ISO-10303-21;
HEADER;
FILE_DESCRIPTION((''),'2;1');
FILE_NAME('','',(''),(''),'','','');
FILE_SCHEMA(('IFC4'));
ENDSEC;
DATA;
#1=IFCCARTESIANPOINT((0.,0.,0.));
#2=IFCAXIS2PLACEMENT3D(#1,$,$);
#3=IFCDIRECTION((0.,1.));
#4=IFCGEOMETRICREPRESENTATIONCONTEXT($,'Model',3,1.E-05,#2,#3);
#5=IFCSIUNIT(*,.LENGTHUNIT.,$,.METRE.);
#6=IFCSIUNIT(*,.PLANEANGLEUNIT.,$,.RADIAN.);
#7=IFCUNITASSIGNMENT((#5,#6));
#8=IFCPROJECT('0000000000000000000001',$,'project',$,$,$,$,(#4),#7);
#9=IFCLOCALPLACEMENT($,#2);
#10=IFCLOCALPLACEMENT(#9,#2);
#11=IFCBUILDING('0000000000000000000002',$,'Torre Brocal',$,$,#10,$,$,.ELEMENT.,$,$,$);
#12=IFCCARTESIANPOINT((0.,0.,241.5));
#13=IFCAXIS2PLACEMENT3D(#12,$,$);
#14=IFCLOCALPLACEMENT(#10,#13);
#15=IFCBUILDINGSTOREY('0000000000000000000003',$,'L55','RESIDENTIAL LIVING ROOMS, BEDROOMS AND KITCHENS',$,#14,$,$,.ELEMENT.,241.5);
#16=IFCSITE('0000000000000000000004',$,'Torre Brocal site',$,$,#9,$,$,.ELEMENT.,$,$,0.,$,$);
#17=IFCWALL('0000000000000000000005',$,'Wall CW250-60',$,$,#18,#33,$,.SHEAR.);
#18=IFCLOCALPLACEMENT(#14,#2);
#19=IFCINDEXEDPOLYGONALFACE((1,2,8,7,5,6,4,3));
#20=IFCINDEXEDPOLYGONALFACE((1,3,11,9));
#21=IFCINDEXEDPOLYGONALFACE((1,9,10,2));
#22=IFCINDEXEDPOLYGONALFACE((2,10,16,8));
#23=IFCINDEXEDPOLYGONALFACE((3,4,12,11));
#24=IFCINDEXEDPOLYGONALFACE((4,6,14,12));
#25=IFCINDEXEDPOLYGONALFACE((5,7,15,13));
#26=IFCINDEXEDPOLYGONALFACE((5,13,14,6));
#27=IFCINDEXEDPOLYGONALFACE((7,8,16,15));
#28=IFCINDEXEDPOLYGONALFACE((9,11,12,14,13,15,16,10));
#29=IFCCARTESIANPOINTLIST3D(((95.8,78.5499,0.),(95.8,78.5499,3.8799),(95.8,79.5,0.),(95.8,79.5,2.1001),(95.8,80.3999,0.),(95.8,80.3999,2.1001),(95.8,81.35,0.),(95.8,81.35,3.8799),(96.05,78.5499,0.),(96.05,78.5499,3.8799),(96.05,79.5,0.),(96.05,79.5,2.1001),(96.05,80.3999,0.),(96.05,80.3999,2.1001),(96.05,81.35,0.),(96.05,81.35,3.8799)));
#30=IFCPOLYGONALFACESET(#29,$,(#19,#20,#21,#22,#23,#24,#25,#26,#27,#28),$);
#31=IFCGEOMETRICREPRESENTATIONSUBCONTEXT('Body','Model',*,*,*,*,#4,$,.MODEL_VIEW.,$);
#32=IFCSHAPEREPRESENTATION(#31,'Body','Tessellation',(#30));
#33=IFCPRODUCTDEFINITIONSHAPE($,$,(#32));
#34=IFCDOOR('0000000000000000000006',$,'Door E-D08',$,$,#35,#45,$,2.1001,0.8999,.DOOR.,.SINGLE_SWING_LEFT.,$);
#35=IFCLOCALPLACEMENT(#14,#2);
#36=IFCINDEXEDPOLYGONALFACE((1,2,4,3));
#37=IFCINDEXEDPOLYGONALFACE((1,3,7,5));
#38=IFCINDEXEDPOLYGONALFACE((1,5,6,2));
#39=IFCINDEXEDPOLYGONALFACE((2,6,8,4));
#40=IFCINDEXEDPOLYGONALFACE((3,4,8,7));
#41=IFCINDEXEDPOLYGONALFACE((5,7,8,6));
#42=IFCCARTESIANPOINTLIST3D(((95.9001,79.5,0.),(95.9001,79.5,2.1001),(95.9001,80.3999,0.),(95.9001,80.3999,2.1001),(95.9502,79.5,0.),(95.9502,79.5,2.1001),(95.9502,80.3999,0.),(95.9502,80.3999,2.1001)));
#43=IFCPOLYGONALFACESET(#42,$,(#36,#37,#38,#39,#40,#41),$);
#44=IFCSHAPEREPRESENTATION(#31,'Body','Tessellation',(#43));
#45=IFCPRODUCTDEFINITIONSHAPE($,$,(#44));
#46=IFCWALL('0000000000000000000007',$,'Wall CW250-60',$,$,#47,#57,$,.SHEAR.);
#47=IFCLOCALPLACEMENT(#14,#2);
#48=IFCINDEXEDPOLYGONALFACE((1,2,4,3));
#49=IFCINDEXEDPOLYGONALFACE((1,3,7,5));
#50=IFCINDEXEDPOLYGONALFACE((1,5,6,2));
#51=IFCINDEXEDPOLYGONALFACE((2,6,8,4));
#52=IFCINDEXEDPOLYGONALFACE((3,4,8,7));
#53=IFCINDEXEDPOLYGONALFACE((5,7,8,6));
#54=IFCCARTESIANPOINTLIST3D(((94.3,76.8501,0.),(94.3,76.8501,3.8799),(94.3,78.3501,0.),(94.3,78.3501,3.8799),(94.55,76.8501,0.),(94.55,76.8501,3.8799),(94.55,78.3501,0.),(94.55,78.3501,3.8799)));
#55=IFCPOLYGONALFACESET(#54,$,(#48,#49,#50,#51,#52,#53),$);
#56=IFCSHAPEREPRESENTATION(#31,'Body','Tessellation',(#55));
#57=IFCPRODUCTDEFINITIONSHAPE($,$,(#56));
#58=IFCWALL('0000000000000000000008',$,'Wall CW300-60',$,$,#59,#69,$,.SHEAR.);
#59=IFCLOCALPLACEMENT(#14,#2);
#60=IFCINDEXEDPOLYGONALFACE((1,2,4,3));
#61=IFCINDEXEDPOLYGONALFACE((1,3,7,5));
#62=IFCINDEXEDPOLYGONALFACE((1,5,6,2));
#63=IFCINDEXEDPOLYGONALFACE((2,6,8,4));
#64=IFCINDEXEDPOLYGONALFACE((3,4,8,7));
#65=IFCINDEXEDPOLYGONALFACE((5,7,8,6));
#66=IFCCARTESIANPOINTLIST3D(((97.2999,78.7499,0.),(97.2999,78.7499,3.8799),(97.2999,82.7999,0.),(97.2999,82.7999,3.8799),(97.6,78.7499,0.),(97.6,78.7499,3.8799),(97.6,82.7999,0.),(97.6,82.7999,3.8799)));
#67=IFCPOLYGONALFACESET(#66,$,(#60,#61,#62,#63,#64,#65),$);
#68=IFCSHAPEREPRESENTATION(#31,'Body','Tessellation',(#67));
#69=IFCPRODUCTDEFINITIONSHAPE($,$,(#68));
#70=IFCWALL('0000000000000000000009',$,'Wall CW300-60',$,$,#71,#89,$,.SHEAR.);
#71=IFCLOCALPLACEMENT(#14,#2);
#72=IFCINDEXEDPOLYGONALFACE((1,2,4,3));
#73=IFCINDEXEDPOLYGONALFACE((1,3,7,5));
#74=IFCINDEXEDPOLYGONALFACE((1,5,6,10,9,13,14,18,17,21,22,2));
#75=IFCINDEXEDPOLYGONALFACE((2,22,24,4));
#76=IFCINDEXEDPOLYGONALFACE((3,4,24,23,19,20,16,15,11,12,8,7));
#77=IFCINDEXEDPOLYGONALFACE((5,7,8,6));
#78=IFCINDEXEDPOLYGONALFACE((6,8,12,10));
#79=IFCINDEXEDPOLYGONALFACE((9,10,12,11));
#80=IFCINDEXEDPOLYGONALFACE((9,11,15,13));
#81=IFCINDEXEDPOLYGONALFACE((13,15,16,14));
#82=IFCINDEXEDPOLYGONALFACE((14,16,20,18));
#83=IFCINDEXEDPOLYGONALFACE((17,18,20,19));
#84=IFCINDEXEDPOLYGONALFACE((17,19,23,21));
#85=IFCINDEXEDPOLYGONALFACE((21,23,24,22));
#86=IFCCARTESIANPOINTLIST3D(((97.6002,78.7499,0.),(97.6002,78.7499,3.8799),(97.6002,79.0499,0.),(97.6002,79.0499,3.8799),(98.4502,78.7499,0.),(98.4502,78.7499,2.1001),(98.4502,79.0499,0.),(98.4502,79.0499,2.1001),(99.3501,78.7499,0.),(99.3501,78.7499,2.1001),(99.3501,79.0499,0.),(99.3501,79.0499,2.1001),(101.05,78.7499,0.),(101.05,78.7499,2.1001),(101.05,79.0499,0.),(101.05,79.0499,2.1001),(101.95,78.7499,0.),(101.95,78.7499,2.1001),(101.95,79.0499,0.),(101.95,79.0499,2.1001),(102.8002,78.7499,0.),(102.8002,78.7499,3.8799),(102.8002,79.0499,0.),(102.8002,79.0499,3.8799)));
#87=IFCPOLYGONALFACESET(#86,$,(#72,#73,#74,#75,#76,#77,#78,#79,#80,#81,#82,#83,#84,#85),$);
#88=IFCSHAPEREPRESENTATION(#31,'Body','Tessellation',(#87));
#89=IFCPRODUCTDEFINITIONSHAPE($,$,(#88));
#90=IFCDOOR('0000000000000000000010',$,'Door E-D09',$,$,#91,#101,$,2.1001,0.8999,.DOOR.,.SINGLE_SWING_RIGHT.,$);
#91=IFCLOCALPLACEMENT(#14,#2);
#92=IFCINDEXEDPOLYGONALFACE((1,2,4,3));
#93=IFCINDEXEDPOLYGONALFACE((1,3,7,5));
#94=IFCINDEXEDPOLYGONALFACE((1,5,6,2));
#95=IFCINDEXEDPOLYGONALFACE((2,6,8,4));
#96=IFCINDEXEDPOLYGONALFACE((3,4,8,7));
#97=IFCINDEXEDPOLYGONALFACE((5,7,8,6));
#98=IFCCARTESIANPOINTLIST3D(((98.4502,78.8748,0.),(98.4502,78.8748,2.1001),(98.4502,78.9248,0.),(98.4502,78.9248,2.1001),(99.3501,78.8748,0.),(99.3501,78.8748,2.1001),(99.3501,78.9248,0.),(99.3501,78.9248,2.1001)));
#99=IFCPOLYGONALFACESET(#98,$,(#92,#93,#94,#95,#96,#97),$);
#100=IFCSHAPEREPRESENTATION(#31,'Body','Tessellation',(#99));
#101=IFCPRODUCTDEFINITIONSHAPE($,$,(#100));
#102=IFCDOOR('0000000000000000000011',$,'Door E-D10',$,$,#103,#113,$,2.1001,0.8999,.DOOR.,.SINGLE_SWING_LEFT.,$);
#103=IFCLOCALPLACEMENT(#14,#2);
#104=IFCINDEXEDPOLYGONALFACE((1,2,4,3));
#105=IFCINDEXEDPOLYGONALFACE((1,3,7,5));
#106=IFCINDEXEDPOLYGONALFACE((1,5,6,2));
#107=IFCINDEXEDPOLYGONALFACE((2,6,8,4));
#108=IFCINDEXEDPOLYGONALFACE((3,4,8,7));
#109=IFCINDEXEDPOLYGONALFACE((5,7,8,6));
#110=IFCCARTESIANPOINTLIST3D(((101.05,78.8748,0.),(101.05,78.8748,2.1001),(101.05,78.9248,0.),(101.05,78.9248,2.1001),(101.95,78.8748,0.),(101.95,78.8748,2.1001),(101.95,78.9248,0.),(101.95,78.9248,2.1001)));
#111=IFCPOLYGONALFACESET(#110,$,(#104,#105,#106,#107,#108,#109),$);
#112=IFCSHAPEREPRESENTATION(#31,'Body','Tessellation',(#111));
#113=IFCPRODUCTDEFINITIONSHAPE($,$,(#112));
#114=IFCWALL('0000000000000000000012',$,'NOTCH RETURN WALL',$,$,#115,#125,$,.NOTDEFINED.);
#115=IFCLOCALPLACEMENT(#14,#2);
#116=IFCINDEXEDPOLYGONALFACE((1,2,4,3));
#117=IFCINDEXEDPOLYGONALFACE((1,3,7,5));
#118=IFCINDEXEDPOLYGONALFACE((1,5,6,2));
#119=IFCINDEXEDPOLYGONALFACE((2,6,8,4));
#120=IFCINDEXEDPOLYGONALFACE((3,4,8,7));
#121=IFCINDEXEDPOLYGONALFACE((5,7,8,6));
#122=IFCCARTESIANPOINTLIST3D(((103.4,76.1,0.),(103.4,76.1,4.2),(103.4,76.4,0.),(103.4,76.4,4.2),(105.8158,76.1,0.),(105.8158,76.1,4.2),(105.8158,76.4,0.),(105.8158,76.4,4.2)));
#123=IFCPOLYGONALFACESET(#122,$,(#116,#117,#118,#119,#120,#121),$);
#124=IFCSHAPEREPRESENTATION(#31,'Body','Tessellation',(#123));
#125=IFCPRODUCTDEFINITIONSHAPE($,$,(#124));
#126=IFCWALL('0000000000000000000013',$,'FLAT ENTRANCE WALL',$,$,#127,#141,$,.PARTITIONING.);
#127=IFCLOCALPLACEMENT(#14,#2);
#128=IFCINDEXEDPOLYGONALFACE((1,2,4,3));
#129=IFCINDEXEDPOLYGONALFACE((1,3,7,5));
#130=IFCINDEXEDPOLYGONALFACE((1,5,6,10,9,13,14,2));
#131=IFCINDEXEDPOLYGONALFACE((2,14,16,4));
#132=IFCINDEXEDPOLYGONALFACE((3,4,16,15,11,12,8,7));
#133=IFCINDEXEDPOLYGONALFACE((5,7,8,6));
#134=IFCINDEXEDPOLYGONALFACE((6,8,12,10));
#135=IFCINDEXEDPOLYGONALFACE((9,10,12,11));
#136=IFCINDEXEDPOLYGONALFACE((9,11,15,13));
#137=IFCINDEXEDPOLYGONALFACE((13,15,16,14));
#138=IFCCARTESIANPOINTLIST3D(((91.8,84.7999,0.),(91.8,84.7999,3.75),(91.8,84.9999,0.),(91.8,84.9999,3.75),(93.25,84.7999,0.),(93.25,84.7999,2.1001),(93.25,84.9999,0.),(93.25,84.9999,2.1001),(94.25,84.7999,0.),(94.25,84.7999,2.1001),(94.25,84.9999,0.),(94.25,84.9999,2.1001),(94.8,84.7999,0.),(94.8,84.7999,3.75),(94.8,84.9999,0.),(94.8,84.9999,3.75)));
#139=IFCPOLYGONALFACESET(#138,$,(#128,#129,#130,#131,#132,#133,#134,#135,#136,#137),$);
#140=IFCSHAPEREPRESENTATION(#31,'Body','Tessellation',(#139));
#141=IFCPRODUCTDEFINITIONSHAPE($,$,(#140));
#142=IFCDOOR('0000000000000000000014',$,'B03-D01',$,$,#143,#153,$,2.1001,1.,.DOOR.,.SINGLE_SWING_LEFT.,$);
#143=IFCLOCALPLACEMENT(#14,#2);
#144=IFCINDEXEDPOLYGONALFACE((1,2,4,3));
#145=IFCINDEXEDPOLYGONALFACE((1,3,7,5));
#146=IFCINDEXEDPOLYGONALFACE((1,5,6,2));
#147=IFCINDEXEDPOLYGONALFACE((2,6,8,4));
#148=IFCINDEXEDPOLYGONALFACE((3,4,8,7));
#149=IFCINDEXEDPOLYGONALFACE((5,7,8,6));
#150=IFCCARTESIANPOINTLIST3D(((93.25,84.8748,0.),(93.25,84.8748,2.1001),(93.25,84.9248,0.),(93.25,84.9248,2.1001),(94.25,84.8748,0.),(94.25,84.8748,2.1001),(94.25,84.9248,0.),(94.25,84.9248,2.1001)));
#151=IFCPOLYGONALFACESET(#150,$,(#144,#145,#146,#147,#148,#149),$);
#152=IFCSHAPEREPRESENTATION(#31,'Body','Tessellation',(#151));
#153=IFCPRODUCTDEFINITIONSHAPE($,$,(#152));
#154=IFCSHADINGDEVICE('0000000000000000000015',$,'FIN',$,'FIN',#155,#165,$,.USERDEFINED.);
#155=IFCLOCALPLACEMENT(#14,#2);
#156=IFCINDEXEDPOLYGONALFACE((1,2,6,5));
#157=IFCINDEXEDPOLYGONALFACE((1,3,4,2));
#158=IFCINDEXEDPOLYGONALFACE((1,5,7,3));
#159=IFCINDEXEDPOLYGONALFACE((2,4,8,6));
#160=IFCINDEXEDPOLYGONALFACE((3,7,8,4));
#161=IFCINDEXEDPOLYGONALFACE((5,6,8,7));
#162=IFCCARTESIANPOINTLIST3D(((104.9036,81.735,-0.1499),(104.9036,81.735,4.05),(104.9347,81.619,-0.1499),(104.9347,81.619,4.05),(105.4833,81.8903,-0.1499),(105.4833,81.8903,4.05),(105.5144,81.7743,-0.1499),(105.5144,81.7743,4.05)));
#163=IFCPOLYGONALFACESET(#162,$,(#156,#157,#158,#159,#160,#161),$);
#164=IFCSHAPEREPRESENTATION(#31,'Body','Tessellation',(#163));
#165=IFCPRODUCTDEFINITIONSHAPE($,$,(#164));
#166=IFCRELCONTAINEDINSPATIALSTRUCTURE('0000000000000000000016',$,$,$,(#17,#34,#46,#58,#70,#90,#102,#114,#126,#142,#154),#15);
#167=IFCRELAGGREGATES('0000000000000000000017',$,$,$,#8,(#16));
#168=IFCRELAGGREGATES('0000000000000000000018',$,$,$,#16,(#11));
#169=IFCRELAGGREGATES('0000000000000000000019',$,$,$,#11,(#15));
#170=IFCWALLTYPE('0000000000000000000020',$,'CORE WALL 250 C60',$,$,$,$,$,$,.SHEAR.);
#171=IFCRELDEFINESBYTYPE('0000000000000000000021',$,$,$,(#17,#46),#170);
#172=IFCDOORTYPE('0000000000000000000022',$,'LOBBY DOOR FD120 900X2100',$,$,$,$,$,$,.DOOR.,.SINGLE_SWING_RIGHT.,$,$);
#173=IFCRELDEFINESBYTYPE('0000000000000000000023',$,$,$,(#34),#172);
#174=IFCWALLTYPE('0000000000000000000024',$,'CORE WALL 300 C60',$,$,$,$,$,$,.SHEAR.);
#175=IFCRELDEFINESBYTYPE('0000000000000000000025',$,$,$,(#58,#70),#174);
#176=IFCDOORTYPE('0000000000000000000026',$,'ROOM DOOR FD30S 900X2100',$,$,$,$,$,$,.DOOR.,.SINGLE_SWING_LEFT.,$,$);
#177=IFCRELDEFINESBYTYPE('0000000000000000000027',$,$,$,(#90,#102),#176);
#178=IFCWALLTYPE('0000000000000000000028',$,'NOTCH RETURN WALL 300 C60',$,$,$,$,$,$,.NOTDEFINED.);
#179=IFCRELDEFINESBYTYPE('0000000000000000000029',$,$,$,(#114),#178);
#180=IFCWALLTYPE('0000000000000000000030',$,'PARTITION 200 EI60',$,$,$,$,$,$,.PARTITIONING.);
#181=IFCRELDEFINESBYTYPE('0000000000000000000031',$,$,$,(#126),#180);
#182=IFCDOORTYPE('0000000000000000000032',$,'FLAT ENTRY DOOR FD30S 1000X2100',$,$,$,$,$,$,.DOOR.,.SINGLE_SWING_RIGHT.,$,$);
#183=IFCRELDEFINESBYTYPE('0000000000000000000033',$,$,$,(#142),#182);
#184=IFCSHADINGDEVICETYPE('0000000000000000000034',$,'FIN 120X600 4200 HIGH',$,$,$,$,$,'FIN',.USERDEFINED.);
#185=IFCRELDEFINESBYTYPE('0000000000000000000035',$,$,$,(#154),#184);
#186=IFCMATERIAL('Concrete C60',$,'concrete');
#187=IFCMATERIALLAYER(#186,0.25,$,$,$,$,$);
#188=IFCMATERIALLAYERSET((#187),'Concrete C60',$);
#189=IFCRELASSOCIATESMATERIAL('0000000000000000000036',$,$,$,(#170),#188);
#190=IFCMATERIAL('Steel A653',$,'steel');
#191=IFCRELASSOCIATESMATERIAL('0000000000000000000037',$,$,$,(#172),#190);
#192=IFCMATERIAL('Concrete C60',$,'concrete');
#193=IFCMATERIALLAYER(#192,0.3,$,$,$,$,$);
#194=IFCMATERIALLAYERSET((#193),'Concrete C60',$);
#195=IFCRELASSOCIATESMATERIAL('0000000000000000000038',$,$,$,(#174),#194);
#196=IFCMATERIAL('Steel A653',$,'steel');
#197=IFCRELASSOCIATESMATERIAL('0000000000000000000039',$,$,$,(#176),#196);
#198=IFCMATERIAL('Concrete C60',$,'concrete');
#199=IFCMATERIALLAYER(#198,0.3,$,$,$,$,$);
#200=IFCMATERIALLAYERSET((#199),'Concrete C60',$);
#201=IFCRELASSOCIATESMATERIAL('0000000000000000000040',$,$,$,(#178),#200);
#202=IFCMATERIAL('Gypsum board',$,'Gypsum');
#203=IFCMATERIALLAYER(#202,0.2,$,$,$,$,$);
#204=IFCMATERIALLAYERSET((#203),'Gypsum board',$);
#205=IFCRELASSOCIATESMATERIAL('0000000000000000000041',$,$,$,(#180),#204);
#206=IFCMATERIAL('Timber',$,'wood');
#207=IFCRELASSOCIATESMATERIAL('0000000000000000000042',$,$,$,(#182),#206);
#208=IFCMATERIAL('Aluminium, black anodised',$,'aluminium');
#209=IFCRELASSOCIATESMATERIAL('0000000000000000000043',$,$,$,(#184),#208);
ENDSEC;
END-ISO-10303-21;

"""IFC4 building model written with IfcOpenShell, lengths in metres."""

from ifc_helpers import new_model, si_unit, direction, frame, frame_2d, origin, origin_2d, place, context, subcontext, project, spatial, rectangle, extrude, material, layer, layer_set, material_profile, profile_set, type_object, element, fill, save


model = new_model("IFC4")

# Units and contexts
model_context = context("Model", 3, precision=1e-05, world=origin(), true_north=direction((0.0, 1.0)))
body_context = subcontext(model_context, "Body", "Model", "MODEL_VIEW")
ifc_project = project(units=[si_unit("LENGTHUNIT", "METRE"), si_unit("PLANEANGLEUNIT", "RADIAN")], contexts=[model_context])

# Site, building, storey
site_placement = place(None, origin())
site = spatial("IfcSite", under=ifc_project, at=site_placement, Name="Torre Brocal site", CompositionType="ELEMENT", RefElevation=0.0)
building_placement = place(site_placement, origin())
building = spatial("IfcBuilding", under=site, at=building_placement, Name="Torre Brocal", CompositionType="ELEMENT")
storey_placement = place(building_placement, frame((0.0, 0.0, 241.5)))
storey = spatial("IfcBuildingStorey", under=building, at=storey_placement, Name="L55", Description="RESIDENTIAL LIVING ROOMS, BEDROOMS AND KITCHENS", CompositionType="ELEMENT", Elevation=241.5)

# Wall, opening, door
ifc_material_1 = material(Name="Concrete C60", Category="concrete")
ifc_layer_1 = layer(ifc_material_1, 0.25)
ifc_layer_set_1 = layer_set([ifc_layer_1], Name="Concrete C60")
wall_type_1 = type_object("IfcWallType", Name="CORE WALL 250 C60", PredefinedType="SHEAR", material=ifc_layer_set_1)
wall_1_placement = place(storey_placement, frame((95.925, 78.55, 0.0), z_axis=(0.0, 0.0, 1.0), x_axis=(0.0, 1.0, 0.0)))
wall_1 = element("IfcWall", 1, at=wall_1_placement, inside=storey, type_object=wall_type_1, Name="Wall CW250-60", PredefinedType="SHEAR", context=body_context, shape_type="SweptSolid", body=[
    extrude(rectangle(XDim=2.8, YDim=0.25, at=frame_2d((1.3999, 0.0))), origin(), (0.0, 0.0, 1.0), 3.8799),
])
opening_1_placement = place(wall_1_placement, frame((0.95, 0.0, 0.0)))
opening_1 = element("IfcOpeningElement", 2, at=opening_1_placement, cuts=wall_1, PredefinedType="OPENING", context=body_context, shape_type="SweptSolid", body=[
    extrude(rectangle(XDim=0.8999, YDim=2.1001, at=frame_2d((0.45, 1.05))), frame((0.0, 0.135, 0.0), z_axis=(0.0, -1.0, 0.0), x_axis=(1.0, 0.0, 0.0)), (0.0, 0.0, 1.0), 0.27),
])
ifc_material_2 = material(Name="Steel A653", Category="steel")
door_type_1 = type_object("IfcDoorType", Name="LOBBY DOOR FD120 900X2100", OperationType="SINGLE_SWING_RIGHT", PredefinedType="DOOR", material=ifc_material_2)
door_1_placement = place(opening_1_placement, origin())
door_1 = element("IfcDoor", 3, at=door_1_placement, inside=storey, type_object=door_type_1, Name="Door E-D08", OperationType="SINGLE_SWING_LEFT", OverallHeight=2.1001, OverallWidth=0.8999, PredefinedType="DOOR", context=body_context, shape_type="SweptSolid", body=[
    extrude(rectangle(XDim=0.8999, YDim=2.1001, at=frame_2d((0.45, 1.05))), frame((0.0, 0.0249, 0.0), z_axis=(0.0, -1.0, 0.0), x_axis=(1.0, 0.0, 0.0)), (0.0, 0.0, 1.0), 0.05),
])
fill(opening_1, door_1)

# Walls
wall_2_placement = place(storey_placement, frame((94.425, 76.8501, 0.0), z_axis=(0.0, 0.0, 1.0), x_axis=(0.0, 1.0, 0.0)))
element("IfcWall", 4, at=wall_2_placement, inside=storey, type_object=wall_type_1, Name="Wall CW250-60", PredefinedType="SHEAR", context=body_context, shape_type="SweptSolid", body=[
    extrude(rectangle(XDim=1.5, YDim=0.25, at=frame_2d((0.75, 0.0))), origin(), (0.0, 0.0, 1.0), 3.8799),
])
ifc_material_3 = material(Name="Concrete C60", Category="concrete")
ifc_layer_2 = layer(ifc_material_3, 0.3)
ifc_layer_set_2 = layer_set([ifc_layer_2], Name="Concrete C60")
wall_type_2 = type_object("IfcWallType", Name="CORE WALL 300 C60", PredefinedType="SHEAR", material=ifc_layer_set_2)
wall_3_placement = place(storey_placement, frame((97.45, 78.75, 0.0), z_axis=(0.0, 0.0, 1.0), x_axis=(0.0, 1.0, 0.0)))
element("IfcWall", 5, at=wall_3_placement, inside=storey, type_object=wall_type_2, Name="Wall CW300-60", PredefinedType="SHEAR", context=body_context, shape_type="SweptSolid", body=[
    extrude(rectangle(XDim=4.05, YDim=0.3, at=frame_2d((2.0249, 0.0))), origin(), (0.0, 0.0, 1.0), 3.8799),
])

# Wall, openings, doors
wall_4_placement = place(storey_placement, frame((97.6001, 78.8999, 0.0), z_axis=(0.0, 0.0, 1.0), x_axis=(1.0, 0.0, 0.0)))
wall_4 = element("IfcWall", 6, at=wall_4_placement, inside=storey, type_object=wall_type_2, Name="Wall CW300-60", PredefinedType="SHEAR", context=body_context, shape_type="SweptSolid", body=[
    extrude(rectangle(XDim=5.2, YDim=0.3, at=frame_2d((2.6001, 0.0))), origin(), (0.0, 0.0, 1.0), 3.8799),
])
opening_2_placement = place(wall_4_placement, frame((0.8501, 0.0, 0.0)))
opening_2 = element("IfcOpeningElement", 7, at=opening_2_placement, cuts=wall_4, PredefinedType="OPENING", context=body_context, shape_type="SweptSolid", body=[
    extrude(rectangle(XDim=0.8999, YDim=2.1001, at=frame_2d((0.45, 1.05))), frame((0.0, 0.1599, 0.0), z_axis=(0.0, -1.0, 0.0), x_axis=(1.0, 0.0, 0.0)), (0.0, 0.0, 1.0), 0.3201),
])
opening_3_placement = place(wall_4_placement, frame((3.45, 0.0, 0.0)))
opening_3 = element("IfcOpeningElement", 8, at=opening_3_placement, cuts=wall_4, PredefinedType="OPENING", context=body_context, shape_type="SweptSolid", body=[
    extrude(rectangle(XDim=0.8999, YDim=2.1001, at=frame_2d((0.45, 1.05))), frame((0.0, 0.1599, 0.0), z_axis=(0.0, -1.0, 0.0), x_axis=(1.0, 0.0, 0.0)), (0.0, 0.0, 1.0), 0.3201),
])
ifc_material_4 = material(Name="Steel A653", Category="steel")
door_type_2 = type_object("IfcDoorType", Name="ROOM DOOR FD30S 900X2100", OperationType="SINGLE_SWING_LEFT", PredefinedType="DOOR", material=ifc_material_4)
door_2_placement = place(opening_2_placement, origin())
door_2 = element("IfcDoor", 9, at=door_2_placement, inside=storey, type_object=door_type_2, Name="Door E-D09", OperationType="SINGLE_SWING_RIGHT", OverallHeight=2.1001, OverallWidth=0.8999, PredefinedType="DOOR", context=body_context, shape_type="SweptSolid", body=[
    extrude(rectangle(XDim=0.8999, YDim=2.1001, at=frame_2d((0.45, 1.05))), frame((0.0, 0.0249, 0.0), z_axis=(0.0, -1.0, 0.0), x_axis=(1.0, 0.0, 0.0)), (0.0, 0.0, 1.0), 0.05),
])
fill(opening_2, door_2)
door_3_placement = place(opening_3_placement, origin())
door_3 = element("IfcDoor", 10, at=door_3_placement, inside=storey, type_object=door_type_2, Name="Door E-D10", OperationType="SINGLE_SWING_LEFT", OverallHeight=2.1001, OverallWidth=0.8999, PredefinedType="DOOR", context=body_context, shape_type="SweptSolid", body=[
    extrude(rectangle(XDim=0.8999, YDim=2.1001, at=frame_2d((0.45, 1.05))), frame((0.0, 0.0249, 0.0), z_axis=(0.0, -1.0, 0.0), x_axis=(1.0, 0.0, 0.0)), (0.0, 0.0, 1.0), 0.05),
])
fill(opening_3, door_3)

# Wall
ifc_material_5 = material(Name="Concrete C60", Category="concrete")
ifc_layer_3 = layer(ifc_material_5, 0.3)
ifc_layer_set_3 = layer_set([ifc_layer_3], Name="Concrete C60")
wall_type_3 = type_object("IfcWallType", Name="NOTCH RETURN WALL 300 C60", PredefinedType="NOTDEFINED", material=ifc_layer_set_3)
wall_5_placement = place(storey_placement, frame((103.3999, 76.25, 0.0), z_axis=(0.0, 0.0, 1.0), x_axis=(1.0, 0.0, 0.0)))
element("IfcWall", 11, at=wall_5_placement, inside=storey, type_object=wall_type_3, Name="NOTCH RETURN WALL", PredefinedType="NOTDEFINED", context=body_context, shape_type="SweptSolid", body=[
    extrude(rectangle(XDim=2.4158, YDim=0.3, at=frame_2d((1.208, 0.0))), origin(), (0.0, 0.0, 1.0), 4.2),
])

# Wall, opening, door
ifc_material_6 = material(Name="Gypsum board", Category="Gypsum")
ifc_layer_4 = layer(ifc_material_6, 0.2)
ifc_layer_set_4 = layer_set([ifc_layer_4], Name="Gypsum board")
wall_type_4 = type_object("IfcWallType", Name="PARTITION 200 EI60", PredefinedType="PARTITIONING", material=ifc_layer_set_4)
wall_6_placement = place(storey_placement, frame((91.8, 84.8999, 0.0), z_axis=(0.0, 0.0, 1.0), x_axis=(1.0, 0.0, 0.0)))
wall_6 = element("IfcWall", 12, at=wall_6_placement, inside=storey, type_object=wall_type_4, Name="FLAT ENTRANCE WALL", PredefinedType="PARTITIONING", context=body_context, shape_type="SweptSolid", body=[
    extrude(rectangle(XDim=3.0, YDim=0.2, at=frame_2d((1.5, 0.0))), origin(), (0.0, 0.0, 1.0), 3.75),
])
opening_4_placement = place(wall_6_placement, frame((1.45, 0.0, 0.0)))
opening_4 = element("IfcOpeningElement", 13, at=opening_4_placement, cuts=wall_6, PredefinedType="OPENING", context=body_context, shape_type="SweptSolid", body=[
    extrude(rectangle(XDim=1.0, YDim=2.1001, at=frame_2d((0.5, 1.05))), frame((0.0, 0.1099, 0.0), z_axis=(0.0, -1.0, 0.0), x_axis=(1.0, 0.0, 0.0)), (0.0, 0.0, 1.0), 0.22),
])
ifc_material_7 = material(Name="Timber", Category="wood")
door_type_3 = type_object("IfcDoorType", Name="FLAT ENTRY DOOR FD30S 1000X2100", OperationType="SINGLE_SWING_RIGHT", PredefinedType="DOOR", material=ifc_material_7)
door_4_placement = place(opening_4_placement, origin())
door_4 = element("IfcDoor", 14, at=door_4_placement, inside=storey, type_object=door_type_3, Name="B03-D01", OperationType="SINGLE_SWING_LEFT", OverallHeight=2.1001, OverallWidth=1.0, PredefinedType="DOOR", context=body_context, shape_type="SweptSolid", body=[
    extrude(rectangle(XDim=1.0, YDim=2.1001, at=frame_2d((0.5, 1.05))), frame((0.0, 0.0249, 0.0), z_axis=(0.0, -1.0, 0.0), x_axis=(1.0, 0.0, 0.0)), (0.0, 0.0, 1.0), 0.05),
])
fill(opening_4, door_4)

# Shading device
ifc_material_8 = material(Name="Aluminium, black anodised", Category="aluminium")
ifc_material_profile_1 = material_profile(ifc_material_8, rectangle(XDim=0.1201, YDim=0.6001, at=origin_2d()), Name="FIN 120X600 4200 HIGH")
ifc_profile_set_1 = profile_set([ifc_material_profile_1], Name="Aluminium, black anodised")
shading_device_type = type_object("IfcShadingDeviceType", Name="FIN 120X600 4200 HIGH", ElementType="FIN", PredefinedType="USERDEFINED", material=ifc_profile_set_1)
shading_device_placement = place(storey_placement, frame((105.209, 81.7546, -0.1499), z_axis=(0.0, 0.0, 1.0), x_axis=(-0.258819, 0.965926, 0.0)))
element("IfcShadingDevice", 15, at=shading_device_placement, inside=storey, type_object=shading_device_type, Name="FIN", ObjectType="FIN", PredefinedType="USERDEFINED", context=body_context, shape_type="SweptSolid", body=[
    extrude(rectangle(XDim=0.1201, YDim=0.6001, at=origin_2d()), origin(), (0.0, 0.0, 1.0), 4.2),
])

save(model, "model.ifc")
